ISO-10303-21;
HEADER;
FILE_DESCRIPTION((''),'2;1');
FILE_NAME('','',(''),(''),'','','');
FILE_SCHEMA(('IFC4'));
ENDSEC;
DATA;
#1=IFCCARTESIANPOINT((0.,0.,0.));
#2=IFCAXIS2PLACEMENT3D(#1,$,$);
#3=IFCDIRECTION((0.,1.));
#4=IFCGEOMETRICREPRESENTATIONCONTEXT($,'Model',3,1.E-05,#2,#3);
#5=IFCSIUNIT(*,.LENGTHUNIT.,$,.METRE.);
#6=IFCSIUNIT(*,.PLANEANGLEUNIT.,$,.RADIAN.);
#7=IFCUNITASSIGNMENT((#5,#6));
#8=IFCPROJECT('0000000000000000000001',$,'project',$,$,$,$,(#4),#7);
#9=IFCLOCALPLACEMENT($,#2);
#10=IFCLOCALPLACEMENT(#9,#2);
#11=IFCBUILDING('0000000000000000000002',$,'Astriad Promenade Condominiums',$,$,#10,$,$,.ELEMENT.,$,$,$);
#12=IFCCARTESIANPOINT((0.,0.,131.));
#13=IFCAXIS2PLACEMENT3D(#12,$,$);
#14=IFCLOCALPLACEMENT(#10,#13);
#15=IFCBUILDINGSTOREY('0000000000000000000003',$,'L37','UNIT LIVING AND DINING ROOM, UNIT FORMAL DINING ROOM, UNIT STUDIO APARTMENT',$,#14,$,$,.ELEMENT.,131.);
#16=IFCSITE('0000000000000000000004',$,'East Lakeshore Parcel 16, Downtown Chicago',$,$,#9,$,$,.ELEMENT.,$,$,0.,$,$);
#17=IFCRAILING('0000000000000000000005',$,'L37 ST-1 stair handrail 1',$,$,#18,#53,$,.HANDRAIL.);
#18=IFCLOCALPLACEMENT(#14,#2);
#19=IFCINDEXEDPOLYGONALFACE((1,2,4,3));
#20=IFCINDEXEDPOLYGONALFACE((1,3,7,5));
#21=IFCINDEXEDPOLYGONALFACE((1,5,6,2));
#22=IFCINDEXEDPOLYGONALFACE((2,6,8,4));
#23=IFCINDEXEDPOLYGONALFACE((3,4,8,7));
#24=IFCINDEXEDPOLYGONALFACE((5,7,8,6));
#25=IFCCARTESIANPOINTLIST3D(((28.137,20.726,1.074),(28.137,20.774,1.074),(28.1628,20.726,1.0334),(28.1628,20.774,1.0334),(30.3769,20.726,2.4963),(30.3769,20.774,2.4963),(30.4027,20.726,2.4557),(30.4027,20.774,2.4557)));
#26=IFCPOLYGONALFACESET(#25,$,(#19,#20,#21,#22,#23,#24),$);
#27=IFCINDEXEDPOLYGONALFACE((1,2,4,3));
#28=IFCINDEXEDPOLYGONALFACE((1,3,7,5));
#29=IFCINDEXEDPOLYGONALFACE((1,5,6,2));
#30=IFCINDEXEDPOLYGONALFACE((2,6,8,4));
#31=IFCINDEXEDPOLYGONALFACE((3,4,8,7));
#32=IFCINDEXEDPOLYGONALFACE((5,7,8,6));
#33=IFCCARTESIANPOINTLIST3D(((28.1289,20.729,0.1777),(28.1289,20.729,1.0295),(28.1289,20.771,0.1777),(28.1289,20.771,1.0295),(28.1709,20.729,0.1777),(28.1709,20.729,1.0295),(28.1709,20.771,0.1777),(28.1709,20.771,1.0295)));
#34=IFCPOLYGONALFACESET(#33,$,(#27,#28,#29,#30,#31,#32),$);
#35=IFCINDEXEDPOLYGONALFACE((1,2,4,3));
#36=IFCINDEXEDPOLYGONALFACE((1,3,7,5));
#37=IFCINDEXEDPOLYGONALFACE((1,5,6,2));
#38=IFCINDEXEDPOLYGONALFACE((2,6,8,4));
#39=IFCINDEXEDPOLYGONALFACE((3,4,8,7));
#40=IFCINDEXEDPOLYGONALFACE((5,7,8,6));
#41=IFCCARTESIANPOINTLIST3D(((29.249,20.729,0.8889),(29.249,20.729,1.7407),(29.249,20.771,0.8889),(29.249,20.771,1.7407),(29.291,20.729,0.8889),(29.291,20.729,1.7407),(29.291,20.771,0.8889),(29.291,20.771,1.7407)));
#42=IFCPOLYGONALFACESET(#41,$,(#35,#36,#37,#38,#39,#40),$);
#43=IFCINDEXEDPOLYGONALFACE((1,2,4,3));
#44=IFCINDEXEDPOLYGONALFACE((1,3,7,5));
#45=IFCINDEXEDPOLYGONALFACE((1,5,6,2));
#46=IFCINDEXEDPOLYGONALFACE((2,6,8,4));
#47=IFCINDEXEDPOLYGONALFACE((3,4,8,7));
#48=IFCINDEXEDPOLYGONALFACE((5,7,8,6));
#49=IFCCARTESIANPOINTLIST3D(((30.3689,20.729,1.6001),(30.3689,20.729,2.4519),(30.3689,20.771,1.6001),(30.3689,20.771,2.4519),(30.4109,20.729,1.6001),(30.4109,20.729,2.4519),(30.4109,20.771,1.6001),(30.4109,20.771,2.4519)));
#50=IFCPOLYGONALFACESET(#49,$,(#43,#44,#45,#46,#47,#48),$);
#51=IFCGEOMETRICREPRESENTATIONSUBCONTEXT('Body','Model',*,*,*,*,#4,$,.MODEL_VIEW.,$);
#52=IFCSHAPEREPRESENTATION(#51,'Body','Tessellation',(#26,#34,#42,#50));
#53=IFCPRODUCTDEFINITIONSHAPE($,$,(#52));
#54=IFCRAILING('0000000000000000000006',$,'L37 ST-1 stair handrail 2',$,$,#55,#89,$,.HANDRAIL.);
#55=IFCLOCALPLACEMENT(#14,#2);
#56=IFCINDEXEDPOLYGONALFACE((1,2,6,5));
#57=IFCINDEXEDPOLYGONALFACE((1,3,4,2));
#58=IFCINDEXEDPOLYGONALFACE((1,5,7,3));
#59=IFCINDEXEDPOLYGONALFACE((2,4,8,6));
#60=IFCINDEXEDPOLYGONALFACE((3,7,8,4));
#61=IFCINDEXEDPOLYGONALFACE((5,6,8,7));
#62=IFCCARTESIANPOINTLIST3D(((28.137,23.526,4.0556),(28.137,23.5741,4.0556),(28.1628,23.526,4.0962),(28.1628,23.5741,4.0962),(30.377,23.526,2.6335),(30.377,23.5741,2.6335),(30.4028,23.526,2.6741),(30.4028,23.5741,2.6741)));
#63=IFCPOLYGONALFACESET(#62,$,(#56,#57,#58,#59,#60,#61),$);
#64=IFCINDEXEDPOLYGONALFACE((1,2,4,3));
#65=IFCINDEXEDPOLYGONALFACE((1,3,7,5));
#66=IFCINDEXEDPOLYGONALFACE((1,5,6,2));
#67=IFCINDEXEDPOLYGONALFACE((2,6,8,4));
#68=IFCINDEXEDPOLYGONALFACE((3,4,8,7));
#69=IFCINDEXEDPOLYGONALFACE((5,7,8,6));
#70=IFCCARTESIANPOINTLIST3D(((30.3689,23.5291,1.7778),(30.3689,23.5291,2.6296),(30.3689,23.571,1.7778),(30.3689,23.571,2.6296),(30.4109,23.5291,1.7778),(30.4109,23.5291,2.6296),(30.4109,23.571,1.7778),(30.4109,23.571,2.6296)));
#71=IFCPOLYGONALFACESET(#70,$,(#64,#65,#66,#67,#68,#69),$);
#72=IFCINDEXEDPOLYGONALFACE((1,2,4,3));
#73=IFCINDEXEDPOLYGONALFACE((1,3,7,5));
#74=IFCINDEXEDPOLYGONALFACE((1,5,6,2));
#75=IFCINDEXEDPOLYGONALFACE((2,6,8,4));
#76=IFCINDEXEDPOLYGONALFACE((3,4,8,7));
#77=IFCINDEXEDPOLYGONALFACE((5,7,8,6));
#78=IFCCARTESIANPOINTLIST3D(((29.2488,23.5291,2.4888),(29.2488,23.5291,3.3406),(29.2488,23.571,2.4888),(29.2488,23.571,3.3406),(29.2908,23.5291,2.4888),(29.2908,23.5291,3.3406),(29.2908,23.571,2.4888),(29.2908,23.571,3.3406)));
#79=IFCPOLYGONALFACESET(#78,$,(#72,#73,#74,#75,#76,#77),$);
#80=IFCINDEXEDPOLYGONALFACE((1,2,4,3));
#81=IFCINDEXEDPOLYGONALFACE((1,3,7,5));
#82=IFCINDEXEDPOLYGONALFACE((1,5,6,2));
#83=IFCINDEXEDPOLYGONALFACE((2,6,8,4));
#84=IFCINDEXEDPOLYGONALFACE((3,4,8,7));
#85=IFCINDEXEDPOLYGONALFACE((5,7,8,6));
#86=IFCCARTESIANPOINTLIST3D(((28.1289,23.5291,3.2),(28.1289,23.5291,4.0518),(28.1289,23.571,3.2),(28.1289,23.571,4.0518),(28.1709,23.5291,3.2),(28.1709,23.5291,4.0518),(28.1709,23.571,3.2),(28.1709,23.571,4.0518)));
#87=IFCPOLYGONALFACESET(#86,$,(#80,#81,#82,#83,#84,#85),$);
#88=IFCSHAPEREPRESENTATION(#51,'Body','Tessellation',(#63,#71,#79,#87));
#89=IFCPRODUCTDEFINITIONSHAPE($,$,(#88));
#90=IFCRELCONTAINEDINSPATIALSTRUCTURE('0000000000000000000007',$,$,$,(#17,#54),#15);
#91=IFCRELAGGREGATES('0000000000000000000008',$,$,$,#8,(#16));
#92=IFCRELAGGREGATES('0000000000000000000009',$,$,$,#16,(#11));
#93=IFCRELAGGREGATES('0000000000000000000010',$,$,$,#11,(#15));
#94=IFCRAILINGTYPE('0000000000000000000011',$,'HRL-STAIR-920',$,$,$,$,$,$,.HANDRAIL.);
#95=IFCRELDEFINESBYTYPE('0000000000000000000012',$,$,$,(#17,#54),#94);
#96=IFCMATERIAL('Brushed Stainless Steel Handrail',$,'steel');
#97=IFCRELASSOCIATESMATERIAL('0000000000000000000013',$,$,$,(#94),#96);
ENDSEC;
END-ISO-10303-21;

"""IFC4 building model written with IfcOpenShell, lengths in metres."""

from ifc_helpers import new_model, si_unit, direction, frame, origin, origin_2d, place, context, subcontext, project, spatial, rectangle, extrude, source, transform, mapped, material, type_object, type_shapes, element, save


model = new_model("IFC4")

# Units and contexts
model_context = context("Model", 3, precision=1e-05, world=origin(), true_north=direction((0.0, 1.0)))
body_context = subcontext(model_context, "Body", "Model", "MODEL_VIEW")
ifc_project = project(units=[si_unit("LENGTHUNIT", "METRE"), si_unit("PLANEANGLEUNIT", "RADIAN")], contexts=[model_context])

# Site, building, storey
site_placement = place(None, origin())
site = spatial("IfcSite", under=ifc_project, at=site_placement, Name="East Lakeshore Parcel 16, Downtown Chicago", CompositionType="ELEMENT", RefElevation=0.0)
building_placement = place(site_placement, origin())
building = spatial("IfcBuilding", under=site, at=building_placement, Name="Astriad Promenade Condominiums", CompositionType="ELEMENT")
storey_placement = place(building_placement, frame((0.0, 0.0, 131.0)))
storey = spatial("IfcBuildingStorey", under=building, at=storey_placement, Name="L37", Description="UNIT LIVING AND DINING ROOM, UNIT FORMAL DINING ROOM, UNIT STUDIO APARTMENT", CompositionType="ELEMENT", Elevation=131.0)

# Railings
ifc_material_1 = material(Name="Brushed Stainless Steel Handrail", Category="steel")
railing_type_1 = type_object("IfcRailingType", Name="HRL-STAIR-920", PredefinedType="HANDRAIL", material=ifc_material_1)
shared_shape_1 = source(origin(), body_context, "Body", "SweptSolid", [
    extrude(rectangle(XDim=0.0481, YDim=0.0481, at=origin_2d()), frame((0.0, 0.0, 0.876), z_axis=(0.844188, 0.0, 0.536048), x_axis=(0.0, 1.0, 0.0)), (0.0, 0.0, 1.0), 2.6533),
    extrude(rectangle(XDim=0.042, YDim=0.042, at=origin_2d()), origin(), (0.0, 0.0, 1.0), 0.8518),
    extrude(rectangle(XDim=0.042, YDim=0.042, at=origin_2d()), frame((1.1201, 0.0, 0.7112)), (0.0, 0.0, 1.0), 0.8518),
    extrude(rectangle(XDim=0.042, YDim=0.042, at=origin_2d()), frame((2.24, 0.0, 1.4224)), (0.0, 0.0, 1.0), 0.8518),
])
railing_1_placement = place(storey_placement, frame((28.1499, 20.75, 0.1777)))
element("IfcRailing", 1, at=railing_1_placement, inside=storey, type_object=railing_type_1, Name="L37 ST-1 stair handrail 1", PredefinedType="HANDRAIL", context=body_context, shape_type="MappedRepresentation", body=[
    mapped(shared_shape_1, transform((0.0, 0.0, 0.0), scale=1.0)),
])
shared_shape_2 = source(origin(), body_context, "Body", "SweptSolid", [
    extrude(rectangle(XDim=0.0481, YDim=0.0481, at=origin_2d()), frame((0.0, 0.0, 0.876), z_axis=(-0.844229, 0.0, 0.535982), x_axis=(0.0, -1.0, 0.0)), (0.0, 0.0, 1.0), 2.6533),
    extrude(rectangle(XDim=0.042, YDim=0.042, at=origin_2d()), origin(), (0.0, 0.0, 1.0), 0.8518),
    extrude(rectangle(XDim=0.042, YDim=0.042, at=origin_2d()), frame((-1.1201, 0.0, 0.7109)), (0.0, 0.0, 1.0), 0.8518),
    extrude(rectangle(XDim=0.042, YDim=0.042, at=origin_2d()), frame((-2.24, 0.0, 1.4221)), (0.0, 0.0, 1.0), 0.8518),
])
type_shapes(railing_type_1, [shared_shape_1, shared_shape_2])
railing_2_placement = place(storey_placement, frame((30.3899, 23.55, 1.7778)))
element("IfcRailing", 2, at=railing_2_placement, inside=storey, type_object=railing_type_1, Name="L37 ST-1 stair handrail 2", PredefinedType="HANDRAIL", context=body_context, shape_type="MappedRepresentation", body=[
    mapped(shared_shape_2, transform((0.0, 0.0, 0.0), scale=1.0)),
])

save(model, "model.ifc")
